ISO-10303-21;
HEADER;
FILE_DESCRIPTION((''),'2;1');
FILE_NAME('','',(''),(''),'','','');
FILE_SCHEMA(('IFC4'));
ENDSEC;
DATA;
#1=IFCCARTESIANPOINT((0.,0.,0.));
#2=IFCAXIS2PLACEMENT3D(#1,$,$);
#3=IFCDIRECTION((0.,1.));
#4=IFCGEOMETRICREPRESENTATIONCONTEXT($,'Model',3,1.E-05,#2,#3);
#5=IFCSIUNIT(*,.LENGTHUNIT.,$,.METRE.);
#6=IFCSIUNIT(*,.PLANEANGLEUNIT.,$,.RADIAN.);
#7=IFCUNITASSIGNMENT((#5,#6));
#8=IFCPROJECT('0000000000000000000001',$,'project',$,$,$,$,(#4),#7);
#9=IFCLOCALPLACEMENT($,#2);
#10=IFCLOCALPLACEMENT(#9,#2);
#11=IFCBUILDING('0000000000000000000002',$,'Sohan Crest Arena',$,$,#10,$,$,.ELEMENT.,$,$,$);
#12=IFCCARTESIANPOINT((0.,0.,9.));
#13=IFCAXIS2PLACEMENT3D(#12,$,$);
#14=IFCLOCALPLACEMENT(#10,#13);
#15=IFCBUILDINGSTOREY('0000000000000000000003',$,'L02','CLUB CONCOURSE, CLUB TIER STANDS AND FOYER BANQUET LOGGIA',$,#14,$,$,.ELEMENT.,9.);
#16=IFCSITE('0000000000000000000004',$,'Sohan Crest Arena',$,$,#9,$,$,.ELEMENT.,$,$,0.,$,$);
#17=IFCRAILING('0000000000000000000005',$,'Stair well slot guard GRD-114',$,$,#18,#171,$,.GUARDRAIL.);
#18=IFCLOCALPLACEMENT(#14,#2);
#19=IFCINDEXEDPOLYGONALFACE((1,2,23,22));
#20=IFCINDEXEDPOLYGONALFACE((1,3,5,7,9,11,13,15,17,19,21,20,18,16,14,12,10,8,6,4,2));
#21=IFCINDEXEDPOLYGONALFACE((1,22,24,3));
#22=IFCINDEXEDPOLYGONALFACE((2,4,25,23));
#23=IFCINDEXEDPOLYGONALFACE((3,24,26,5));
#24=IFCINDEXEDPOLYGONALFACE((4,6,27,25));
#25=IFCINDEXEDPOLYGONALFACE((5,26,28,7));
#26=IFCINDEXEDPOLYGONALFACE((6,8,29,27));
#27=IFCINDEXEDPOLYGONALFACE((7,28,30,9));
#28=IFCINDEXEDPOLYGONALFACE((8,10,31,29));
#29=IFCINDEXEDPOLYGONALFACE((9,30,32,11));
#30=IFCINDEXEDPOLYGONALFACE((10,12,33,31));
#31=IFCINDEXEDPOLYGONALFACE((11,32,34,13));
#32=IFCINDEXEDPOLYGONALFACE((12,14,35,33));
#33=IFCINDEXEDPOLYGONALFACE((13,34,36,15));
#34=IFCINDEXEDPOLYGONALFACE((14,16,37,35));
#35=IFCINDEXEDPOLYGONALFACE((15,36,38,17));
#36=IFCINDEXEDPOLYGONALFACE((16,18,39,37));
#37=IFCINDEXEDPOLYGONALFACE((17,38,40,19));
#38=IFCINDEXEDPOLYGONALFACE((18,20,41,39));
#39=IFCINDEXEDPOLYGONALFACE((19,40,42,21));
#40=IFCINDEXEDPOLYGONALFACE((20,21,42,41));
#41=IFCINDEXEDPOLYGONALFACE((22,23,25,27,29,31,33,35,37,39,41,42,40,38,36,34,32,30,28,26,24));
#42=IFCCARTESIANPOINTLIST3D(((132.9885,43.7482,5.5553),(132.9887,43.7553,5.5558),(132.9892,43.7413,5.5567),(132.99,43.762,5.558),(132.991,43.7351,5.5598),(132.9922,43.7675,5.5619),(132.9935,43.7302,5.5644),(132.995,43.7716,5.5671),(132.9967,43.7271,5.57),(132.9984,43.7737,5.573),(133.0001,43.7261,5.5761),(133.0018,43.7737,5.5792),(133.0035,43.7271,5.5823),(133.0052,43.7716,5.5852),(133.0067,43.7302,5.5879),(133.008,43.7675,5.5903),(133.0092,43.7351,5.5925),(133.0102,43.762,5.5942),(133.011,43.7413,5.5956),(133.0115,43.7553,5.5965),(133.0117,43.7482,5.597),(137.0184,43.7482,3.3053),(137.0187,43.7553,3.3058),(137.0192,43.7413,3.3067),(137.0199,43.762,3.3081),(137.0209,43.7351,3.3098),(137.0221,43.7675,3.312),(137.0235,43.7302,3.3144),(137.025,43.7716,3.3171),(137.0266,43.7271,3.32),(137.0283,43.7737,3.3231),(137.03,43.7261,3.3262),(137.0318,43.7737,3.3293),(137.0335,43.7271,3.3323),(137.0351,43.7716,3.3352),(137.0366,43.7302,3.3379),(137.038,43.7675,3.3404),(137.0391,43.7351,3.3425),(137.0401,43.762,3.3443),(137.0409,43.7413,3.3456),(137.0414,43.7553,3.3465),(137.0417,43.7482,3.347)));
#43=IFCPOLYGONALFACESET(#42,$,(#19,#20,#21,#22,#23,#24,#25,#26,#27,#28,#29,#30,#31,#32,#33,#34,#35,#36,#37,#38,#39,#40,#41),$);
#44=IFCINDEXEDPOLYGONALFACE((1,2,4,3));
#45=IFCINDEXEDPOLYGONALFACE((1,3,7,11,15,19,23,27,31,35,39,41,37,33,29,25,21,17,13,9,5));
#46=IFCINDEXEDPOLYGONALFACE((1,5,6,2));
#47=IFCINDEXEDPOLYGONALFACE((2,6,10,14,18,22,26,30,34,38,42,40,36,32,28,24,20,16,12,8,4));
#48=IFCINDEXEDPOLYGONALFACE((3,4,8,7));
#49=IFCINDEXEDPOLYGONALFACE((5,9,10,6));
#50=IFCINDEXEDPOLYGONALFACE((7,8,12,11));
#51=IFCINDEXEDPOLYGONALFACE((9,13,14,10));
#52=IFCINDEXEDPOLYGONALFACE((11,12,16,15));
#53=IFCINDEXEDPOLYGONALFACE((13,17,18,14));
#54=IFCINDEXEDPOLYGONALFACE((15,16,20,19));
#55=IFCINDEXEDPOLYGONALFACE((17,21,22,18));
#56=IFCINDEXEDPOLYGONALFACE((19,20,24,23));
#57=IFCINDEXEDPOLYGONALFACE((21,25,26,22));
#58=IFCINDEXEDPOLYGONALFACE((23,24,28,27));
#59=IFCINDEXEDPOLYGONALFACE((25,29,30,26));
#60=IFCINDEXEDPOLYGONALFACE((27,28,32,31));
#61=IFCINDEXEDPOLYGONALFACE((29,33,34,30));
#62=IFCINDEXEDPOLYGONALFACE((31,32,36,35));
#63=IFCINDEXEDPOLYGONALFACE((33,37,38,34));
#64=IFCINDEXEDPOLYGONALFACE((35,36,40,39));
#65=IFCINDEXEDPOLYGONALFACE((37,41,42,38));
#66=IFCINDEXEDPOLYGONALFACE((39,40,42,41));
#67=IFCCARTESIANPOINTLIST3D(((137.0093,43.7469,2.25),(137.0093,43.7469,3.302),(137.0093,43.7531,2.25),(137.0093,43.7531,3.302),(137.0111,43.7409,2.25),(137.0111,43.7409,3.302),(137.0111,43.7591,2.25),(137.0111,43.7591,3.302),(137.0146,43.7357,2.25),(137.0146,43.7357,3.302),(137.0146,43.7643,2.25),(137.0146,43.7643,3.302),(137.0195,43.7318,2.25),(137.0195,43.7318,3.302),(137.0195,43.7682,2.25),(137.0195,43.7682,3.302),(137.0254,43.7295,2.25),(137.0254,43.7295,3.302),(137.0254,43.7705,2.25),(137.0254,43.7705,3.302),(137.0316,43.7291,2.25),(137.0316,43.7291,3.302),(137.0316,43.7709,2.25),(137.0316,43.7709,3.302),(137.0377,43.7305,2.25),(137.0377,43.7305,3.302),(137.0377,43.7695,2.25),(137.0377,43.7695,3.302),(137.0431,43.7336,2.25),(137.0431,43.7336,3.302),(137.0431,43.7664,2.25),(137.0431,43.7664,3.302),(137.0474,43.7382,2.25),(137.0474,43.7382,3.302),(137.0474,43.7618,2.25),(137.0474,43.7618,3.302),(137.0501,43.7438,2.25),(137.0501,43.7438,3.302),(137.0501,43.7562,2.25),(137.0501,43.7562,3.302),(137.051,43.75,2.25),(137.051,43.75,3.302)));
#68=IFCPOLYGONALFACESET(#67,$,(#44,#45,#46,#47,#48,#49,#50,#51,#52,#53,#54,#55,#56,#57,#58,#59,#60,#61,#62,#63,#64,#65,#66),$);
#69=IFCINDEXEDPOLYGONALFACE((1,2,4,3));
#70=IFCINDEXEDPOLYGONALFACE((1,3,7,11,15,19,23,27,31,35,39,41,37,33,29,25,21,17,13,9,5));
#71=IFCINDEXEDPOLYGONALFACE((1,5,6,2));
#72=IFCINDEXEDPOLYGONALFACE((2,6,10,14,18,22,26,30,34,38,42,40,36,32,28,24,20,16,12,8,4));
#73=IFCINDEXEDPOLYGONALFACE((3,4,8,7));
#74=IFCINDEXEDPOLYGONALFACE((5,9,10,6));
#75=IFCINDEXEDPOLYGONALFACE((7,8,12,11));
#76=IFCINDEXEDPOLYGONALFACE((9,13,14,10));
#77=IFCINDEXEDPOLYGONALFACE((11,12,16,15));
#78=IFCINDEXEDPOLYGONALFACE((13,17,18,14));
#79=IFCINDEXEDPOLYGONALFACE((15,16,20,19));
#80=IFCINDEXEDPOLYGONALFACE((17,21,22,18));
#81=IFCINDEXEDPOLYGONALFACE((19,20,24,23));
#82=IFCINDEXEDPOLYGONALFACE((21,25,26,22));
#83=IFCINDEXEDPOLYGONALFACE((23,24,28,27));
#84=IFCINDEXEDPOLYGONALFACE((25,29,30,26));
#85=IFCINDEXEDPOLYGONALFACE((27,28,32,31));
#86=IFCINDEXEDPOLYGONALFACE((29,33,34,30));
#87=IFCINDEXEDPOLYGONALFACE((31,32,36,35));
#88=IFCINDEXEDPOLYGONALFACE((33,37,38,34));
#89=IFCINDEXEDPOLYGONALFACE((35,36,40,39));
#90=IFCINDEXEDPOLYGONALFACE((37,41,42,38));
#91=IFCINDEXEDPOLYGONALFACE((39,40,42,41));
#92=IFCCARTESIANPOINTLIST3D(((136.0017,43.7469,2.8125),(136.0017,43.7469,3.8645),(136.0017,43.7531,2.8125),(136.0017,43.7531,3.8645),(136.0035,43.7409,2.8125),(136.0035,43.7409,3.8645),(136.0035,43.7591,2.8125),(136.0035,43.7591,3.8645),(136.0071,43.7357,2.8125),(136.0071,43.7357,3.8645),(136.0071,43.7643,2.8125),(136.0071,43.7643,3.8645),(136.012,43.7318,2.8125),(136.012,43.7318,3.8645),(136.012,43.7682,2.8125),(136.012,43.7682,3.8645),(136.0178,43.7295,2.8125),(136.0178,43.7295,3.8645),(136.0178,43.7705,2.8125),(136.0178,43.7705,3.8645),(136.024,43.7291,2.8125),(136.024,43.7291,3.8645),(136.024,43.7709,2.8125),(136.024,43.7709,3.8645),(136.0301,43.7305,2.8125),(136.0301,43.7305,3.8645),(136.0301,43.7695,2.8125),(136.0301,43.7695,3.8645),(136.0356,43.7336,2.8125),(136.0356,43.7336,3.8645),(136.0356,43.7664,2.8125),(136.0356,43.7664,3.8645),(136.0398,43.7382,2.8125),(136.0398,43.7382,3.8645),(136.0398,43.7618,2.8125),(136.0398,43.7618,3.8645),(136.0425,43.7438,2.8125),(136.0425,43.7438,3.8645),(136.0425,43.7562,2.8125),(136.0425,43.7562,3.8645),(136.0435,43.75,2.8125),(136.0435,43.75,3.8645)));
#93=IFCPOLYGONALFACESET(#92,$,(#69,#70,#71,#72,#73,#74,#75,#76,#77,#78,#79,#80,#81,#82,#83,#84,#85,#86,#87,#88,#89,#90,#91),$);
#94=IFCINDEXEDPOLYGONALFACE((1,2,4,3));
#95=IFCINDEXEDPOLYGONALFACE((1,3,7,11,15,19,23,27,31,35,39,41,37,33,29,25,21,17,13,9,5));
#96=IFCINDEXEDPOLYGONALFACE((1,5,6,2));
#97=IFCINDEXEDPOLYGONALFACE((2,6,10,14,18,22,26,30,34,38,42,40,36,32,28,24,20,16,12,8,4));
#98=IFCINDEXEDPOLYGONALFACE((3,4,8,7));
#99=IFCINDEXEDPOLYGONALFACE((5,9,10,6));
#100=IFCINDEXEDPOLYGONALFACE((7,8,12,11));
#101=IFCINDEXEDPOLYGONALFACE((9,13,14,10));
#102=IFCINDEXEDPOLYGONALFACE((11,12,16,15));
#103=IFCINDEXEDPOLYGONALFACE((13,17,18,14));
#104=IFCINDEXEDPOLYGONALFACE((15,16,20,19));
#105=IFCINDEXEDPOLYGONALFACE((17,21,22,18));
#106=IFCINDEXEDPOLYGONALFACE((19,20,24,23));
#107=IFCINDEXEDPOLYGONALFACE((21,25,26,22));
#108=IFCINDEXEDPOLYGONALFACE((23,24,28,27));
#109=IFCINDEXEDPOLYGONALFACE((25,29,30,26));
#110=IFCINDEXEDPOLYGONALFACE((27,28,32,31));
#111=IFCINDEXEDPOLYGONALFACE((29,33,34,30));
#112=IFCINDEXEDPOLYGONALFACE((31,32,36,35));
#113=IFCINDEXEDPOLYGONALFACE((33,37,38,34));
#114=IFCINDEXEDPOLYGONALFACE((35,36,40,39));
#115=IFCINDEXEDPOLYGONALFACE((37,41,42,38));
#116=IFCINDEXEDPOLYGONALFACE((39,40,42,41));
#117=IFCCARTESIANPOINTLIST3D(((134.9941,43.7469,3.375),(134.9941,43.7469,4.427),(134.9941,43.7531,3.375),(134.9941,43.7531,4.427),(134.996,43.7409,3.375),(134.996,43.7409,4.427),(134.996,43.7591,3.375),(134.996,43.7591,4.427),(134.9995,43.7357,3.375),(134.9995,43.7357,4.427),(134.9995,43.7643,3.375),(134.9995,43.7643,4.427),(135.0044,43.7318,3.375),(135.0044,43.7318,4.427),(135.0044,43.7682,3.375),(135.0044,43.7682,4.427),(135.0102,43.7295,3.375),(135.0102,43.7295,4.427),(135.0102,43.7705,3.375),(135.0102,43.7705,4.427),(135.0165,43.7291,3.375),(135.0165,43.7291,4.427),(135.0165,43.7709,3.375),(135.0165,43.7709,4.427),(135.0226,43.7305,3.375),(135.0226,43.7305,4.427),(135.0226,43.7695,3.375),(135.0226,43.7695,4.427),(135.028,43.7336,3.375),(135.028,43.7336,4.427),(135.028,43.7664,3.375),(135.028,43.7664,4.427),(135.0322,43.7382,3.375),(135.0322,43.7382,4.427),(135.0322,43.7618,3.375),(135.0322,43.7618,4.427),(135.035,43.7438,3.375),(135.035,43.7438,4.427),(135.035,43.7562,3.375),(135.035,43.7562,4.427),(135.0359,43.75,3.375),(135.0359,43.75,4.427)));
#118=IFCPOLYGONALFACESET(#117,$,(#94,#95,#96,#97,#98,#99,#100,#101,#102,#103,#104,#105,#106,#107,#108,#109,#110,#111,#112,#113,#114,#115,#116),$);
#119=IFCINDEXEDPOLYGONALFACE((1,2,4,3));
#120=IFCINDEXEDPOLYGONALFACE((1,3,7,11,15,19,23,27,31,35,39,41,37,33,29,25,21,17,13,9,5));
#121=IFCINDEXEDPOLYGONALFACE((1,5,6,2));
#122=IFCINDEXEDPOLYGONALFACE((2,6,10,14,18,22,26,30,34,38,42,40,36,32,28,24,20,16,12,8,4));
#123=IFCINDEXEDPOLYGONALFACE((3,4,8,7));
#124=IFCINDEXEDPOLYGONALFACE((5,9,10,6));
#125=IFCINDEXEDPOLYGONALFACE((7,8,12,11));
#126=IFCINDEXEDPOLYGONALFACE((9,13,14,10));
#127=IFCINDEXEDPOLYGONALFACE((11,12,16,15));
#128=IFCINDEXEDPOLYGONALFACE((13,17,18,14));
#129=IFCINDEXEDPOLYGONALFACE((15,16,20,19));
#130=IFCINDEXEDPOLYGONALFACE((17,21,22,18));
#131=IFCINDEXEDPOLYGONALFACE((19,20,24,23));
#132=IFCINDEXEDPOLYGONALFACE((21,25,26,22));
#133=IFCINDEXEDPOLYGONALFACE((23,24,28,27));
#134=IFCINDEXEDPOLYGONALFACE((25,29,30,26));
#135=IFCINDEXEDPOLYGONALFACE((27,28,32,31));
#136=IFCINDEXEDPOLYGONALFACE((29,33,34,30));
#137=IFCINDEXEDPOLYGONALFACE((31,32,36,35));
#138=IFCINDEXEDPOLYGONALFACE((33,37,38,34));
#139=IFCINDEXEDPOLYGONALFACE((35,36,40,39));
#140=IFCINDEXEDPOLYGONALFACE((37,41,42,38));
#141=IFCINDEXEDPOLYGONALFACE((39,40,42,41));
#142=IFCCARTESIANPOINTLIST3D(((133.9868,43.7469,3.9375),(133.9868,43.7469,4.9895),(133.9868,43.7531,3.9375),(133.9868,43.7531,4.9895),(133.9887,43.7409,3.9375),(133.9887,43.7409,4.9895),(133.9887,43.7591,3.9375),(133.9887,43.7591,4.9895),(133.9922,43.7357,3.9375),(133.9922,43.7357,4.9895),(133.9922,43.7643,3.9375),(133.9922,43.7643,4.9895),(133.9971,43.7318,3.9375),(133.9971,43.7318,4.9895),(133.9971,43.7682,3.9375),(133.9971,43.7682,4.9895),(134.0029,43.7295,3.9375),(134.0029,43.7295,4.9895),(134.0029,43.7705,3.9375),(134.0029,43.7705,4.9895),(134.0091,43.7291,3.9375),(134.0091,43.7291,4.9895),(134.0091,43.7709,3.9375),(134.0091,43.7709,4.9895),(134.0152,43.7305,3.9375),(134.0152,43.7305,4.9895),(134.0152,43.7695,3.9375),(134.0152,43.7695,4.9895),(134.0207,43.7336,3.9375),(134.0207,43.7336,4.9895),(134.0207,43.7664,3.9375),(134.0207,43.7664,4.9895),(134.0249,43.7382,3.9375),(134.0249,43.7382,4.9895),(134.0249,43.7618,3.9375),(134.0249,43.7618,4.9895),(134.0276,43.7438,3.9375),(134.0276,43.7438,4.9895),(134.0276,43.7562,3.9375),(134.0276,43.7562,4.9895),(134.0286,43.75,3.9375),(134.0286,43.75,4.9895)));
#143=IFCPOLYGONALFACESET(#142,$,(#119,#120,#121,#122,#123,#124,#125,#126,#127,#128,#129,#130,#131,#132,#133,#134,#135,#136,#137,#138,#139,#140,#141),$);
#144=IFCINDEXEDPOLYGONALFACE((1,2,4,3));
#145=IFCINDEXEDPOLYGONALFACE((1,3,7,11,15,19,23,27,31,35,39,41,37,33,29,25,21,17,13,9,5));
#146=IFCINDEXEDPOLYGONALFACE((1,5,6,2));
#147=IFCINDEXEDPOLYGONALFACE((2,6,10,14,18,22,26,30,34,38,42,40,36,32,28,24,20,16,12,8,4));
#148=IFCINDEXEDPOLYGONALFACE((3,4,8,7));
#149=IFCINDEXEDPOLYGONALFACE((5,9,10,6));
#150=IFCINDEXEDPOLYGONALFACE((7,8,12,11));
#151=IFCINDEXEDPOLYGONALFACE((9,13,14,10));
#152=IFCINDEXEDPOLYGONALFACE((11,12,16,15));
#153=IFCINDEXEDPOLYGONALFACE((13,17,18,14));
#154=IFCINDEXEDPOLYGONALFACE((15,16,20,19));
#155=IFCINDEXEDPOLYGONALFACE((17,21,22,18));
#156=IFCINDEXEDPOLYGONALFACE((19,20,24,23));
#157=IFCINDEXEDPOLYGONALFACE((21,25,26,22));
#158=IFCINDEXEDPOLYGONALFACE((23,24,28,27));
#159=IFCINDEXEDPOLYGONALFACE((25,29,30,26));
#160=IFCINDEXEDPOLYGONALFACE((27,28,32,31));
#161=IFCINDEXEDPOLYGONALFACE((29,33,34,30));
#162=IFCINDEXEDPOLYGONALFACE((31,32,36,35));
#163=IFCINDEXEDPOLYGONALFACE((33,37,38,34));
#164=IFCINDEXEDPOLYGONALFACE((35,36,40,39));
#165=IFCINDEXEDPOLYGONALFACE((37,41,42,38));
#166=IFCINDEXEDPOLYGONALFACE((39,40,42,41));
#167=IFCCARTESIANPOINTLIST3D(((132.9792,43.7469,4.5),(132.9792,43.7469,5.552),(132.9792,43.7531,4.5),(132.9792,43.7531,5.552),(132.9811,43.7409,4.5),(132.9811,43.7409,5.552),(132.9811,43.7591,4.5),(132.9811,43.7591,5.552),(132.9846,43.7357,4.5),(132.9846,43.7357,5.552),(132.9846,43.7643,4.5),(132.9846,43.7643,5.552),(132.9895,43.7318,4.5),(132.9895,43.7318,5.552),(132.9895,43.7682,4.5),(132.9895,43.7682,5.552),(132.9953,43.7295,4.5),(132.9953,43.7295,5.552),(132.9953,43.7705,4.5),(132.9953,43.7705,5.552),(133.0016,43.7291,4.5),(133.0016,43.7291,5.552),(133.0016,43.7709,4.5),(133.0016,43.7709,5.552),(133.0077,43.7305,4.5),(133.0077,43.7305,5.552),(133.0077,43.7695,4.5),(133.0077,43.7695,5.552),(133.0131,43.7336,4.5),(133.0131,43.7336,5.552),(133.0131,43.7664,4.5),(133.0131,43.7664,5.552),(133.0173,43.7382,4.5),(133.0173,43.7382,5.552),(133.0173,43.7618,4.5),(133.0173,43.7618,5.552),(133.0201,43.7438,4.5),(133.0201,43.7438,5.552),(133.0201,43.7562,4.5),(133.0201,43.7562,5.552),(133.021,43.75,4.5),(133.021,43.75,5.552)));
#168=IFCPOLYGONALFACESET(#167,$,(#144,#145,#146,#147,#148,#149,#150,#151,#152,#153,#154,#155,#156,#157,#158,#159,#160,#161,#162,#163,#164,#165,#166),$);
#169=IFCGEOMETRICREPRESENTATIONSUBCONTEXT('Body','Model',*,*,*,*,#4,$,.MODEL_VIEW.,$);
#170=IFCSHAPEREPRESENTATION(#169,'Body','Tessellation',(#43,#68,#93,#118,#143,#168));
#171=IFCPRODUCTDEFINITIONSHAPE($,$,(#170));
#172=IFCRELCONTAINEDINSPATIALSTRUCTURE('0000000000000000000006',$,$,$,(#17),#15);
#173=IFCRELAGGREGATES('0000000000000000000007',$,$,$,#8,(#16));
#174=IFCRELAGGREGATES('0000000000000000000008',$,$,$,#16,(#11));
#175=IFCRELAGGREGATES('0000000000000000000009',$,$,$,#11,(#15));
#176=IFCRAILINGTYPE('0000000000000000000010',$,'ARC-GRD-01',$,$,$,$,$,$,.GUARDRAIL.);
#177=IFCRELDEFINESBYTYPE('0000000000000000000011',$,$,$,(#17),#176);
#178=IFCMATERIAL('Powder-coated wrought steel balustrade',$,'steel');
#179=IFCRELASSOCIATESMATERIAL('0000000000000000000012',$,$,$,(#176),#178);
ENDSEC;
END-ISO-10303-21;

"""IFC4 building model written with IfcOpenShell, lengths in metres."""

from ifc_helpers import new_model, si_unit, direction, frame, origin, origin_2d, place, context, subcontext, project, spatial, circle, extrude, material, type_object, element, save


model = new_model("IFC4")

# Units and contexts
model_context = context("Model", 3, precision=1e-05, world=origin(), true_north=direction((0.0, 1.0)))
body_context = subcontext(model_context, "Body", "Model", "MODEL_VIEW")
ifc_project = project(units=[si_unit("LENGTHUNIT", "METRE"), si_unit("PLANEANGLEUNIT", "RADIAN")], contexts=[model_context])

# Site, building, storey
site_placement = place(None, origin())
site = spatial("IfcSite", under=ifc_project, at=site_placement, Name="Sohan Crest Arena", CompositionType="ELEMENT", RefElevation=0.0)
building_placement = place(site_placement, origin())
building = spatial("IfcBuilding", under=site, at=building_placement, Name="Sohan Crest Arena", CompositionType="ELEMENT")
storey_placement = place(building_placement, frame((0.0, 0.0, 9.0)))
storey = spatial("IfcBuildingStorey", under=building, at=storey_placement, Name="L02", Description="CLUB CONCOURSE, CLUB TIER STANDS AND FOYER BANQUET LOGGIA", CompositionType="ELEMENT", Elevation=9.0)

# Railing
ifc_material_1 = material(Name="Powder-coated wrought steel balustrade", Category="steel")
railing_type_1 = type_object("IfcRailingType", Name="ARC-GRD-01", PredefinedType="GUARDRAIL", material=ifc_material_1)
railing_1_placement = place(storey_placement, frame((137.03, 43.75, 2.25)))
element("IfcRailing", 1, at=railing_1_placement, inside=storey, type_object=railing_type_1, Name="Stair well slot guard GRD-114", PredefinedType="GUARDRAIL", context=body_context, shape_type="SweptSolid", body=[
    extrude(circle(Radius=0.0239, at=origin_2d()), frame((0.0, 0.0, 1.0762), z_axis=(-0.873135, 0.0, 0.487479), x_axis=(0.0, -1.0, 0.0)), (0.0, 0.0, 1.0), 4.6155),
    extrude(circle(Radius=0.021, at=origin_2d()), origin(), (0.0, 0.0, 1.0), 1.052),
    extrude(circle(Radius=0.021, at=origin_2d()), frame((-1.0076, 0.0, 0.5625)), (0.0, 0.0, 1.0), 1.052),
    extrude(circle(Radius=0.021, at=origin_2d()), frame((-2.0151, 0.0, 1.125)), (0.0, 0.0, 1.0), 1.052),
    extrude(circle(Radius=0.021, at=origin_2d()), frame((-3.0225, 0.0, 1.6875)), (0.0, 0.0, 1.0), 1.052),
    extrude(circle(Radius=0.021, at=origin_2d()), frame((-4.03, 0.0, 2.25)), (0.0, 0.0, 1.0), 1.052),
])

save(model, "model.ifc")
